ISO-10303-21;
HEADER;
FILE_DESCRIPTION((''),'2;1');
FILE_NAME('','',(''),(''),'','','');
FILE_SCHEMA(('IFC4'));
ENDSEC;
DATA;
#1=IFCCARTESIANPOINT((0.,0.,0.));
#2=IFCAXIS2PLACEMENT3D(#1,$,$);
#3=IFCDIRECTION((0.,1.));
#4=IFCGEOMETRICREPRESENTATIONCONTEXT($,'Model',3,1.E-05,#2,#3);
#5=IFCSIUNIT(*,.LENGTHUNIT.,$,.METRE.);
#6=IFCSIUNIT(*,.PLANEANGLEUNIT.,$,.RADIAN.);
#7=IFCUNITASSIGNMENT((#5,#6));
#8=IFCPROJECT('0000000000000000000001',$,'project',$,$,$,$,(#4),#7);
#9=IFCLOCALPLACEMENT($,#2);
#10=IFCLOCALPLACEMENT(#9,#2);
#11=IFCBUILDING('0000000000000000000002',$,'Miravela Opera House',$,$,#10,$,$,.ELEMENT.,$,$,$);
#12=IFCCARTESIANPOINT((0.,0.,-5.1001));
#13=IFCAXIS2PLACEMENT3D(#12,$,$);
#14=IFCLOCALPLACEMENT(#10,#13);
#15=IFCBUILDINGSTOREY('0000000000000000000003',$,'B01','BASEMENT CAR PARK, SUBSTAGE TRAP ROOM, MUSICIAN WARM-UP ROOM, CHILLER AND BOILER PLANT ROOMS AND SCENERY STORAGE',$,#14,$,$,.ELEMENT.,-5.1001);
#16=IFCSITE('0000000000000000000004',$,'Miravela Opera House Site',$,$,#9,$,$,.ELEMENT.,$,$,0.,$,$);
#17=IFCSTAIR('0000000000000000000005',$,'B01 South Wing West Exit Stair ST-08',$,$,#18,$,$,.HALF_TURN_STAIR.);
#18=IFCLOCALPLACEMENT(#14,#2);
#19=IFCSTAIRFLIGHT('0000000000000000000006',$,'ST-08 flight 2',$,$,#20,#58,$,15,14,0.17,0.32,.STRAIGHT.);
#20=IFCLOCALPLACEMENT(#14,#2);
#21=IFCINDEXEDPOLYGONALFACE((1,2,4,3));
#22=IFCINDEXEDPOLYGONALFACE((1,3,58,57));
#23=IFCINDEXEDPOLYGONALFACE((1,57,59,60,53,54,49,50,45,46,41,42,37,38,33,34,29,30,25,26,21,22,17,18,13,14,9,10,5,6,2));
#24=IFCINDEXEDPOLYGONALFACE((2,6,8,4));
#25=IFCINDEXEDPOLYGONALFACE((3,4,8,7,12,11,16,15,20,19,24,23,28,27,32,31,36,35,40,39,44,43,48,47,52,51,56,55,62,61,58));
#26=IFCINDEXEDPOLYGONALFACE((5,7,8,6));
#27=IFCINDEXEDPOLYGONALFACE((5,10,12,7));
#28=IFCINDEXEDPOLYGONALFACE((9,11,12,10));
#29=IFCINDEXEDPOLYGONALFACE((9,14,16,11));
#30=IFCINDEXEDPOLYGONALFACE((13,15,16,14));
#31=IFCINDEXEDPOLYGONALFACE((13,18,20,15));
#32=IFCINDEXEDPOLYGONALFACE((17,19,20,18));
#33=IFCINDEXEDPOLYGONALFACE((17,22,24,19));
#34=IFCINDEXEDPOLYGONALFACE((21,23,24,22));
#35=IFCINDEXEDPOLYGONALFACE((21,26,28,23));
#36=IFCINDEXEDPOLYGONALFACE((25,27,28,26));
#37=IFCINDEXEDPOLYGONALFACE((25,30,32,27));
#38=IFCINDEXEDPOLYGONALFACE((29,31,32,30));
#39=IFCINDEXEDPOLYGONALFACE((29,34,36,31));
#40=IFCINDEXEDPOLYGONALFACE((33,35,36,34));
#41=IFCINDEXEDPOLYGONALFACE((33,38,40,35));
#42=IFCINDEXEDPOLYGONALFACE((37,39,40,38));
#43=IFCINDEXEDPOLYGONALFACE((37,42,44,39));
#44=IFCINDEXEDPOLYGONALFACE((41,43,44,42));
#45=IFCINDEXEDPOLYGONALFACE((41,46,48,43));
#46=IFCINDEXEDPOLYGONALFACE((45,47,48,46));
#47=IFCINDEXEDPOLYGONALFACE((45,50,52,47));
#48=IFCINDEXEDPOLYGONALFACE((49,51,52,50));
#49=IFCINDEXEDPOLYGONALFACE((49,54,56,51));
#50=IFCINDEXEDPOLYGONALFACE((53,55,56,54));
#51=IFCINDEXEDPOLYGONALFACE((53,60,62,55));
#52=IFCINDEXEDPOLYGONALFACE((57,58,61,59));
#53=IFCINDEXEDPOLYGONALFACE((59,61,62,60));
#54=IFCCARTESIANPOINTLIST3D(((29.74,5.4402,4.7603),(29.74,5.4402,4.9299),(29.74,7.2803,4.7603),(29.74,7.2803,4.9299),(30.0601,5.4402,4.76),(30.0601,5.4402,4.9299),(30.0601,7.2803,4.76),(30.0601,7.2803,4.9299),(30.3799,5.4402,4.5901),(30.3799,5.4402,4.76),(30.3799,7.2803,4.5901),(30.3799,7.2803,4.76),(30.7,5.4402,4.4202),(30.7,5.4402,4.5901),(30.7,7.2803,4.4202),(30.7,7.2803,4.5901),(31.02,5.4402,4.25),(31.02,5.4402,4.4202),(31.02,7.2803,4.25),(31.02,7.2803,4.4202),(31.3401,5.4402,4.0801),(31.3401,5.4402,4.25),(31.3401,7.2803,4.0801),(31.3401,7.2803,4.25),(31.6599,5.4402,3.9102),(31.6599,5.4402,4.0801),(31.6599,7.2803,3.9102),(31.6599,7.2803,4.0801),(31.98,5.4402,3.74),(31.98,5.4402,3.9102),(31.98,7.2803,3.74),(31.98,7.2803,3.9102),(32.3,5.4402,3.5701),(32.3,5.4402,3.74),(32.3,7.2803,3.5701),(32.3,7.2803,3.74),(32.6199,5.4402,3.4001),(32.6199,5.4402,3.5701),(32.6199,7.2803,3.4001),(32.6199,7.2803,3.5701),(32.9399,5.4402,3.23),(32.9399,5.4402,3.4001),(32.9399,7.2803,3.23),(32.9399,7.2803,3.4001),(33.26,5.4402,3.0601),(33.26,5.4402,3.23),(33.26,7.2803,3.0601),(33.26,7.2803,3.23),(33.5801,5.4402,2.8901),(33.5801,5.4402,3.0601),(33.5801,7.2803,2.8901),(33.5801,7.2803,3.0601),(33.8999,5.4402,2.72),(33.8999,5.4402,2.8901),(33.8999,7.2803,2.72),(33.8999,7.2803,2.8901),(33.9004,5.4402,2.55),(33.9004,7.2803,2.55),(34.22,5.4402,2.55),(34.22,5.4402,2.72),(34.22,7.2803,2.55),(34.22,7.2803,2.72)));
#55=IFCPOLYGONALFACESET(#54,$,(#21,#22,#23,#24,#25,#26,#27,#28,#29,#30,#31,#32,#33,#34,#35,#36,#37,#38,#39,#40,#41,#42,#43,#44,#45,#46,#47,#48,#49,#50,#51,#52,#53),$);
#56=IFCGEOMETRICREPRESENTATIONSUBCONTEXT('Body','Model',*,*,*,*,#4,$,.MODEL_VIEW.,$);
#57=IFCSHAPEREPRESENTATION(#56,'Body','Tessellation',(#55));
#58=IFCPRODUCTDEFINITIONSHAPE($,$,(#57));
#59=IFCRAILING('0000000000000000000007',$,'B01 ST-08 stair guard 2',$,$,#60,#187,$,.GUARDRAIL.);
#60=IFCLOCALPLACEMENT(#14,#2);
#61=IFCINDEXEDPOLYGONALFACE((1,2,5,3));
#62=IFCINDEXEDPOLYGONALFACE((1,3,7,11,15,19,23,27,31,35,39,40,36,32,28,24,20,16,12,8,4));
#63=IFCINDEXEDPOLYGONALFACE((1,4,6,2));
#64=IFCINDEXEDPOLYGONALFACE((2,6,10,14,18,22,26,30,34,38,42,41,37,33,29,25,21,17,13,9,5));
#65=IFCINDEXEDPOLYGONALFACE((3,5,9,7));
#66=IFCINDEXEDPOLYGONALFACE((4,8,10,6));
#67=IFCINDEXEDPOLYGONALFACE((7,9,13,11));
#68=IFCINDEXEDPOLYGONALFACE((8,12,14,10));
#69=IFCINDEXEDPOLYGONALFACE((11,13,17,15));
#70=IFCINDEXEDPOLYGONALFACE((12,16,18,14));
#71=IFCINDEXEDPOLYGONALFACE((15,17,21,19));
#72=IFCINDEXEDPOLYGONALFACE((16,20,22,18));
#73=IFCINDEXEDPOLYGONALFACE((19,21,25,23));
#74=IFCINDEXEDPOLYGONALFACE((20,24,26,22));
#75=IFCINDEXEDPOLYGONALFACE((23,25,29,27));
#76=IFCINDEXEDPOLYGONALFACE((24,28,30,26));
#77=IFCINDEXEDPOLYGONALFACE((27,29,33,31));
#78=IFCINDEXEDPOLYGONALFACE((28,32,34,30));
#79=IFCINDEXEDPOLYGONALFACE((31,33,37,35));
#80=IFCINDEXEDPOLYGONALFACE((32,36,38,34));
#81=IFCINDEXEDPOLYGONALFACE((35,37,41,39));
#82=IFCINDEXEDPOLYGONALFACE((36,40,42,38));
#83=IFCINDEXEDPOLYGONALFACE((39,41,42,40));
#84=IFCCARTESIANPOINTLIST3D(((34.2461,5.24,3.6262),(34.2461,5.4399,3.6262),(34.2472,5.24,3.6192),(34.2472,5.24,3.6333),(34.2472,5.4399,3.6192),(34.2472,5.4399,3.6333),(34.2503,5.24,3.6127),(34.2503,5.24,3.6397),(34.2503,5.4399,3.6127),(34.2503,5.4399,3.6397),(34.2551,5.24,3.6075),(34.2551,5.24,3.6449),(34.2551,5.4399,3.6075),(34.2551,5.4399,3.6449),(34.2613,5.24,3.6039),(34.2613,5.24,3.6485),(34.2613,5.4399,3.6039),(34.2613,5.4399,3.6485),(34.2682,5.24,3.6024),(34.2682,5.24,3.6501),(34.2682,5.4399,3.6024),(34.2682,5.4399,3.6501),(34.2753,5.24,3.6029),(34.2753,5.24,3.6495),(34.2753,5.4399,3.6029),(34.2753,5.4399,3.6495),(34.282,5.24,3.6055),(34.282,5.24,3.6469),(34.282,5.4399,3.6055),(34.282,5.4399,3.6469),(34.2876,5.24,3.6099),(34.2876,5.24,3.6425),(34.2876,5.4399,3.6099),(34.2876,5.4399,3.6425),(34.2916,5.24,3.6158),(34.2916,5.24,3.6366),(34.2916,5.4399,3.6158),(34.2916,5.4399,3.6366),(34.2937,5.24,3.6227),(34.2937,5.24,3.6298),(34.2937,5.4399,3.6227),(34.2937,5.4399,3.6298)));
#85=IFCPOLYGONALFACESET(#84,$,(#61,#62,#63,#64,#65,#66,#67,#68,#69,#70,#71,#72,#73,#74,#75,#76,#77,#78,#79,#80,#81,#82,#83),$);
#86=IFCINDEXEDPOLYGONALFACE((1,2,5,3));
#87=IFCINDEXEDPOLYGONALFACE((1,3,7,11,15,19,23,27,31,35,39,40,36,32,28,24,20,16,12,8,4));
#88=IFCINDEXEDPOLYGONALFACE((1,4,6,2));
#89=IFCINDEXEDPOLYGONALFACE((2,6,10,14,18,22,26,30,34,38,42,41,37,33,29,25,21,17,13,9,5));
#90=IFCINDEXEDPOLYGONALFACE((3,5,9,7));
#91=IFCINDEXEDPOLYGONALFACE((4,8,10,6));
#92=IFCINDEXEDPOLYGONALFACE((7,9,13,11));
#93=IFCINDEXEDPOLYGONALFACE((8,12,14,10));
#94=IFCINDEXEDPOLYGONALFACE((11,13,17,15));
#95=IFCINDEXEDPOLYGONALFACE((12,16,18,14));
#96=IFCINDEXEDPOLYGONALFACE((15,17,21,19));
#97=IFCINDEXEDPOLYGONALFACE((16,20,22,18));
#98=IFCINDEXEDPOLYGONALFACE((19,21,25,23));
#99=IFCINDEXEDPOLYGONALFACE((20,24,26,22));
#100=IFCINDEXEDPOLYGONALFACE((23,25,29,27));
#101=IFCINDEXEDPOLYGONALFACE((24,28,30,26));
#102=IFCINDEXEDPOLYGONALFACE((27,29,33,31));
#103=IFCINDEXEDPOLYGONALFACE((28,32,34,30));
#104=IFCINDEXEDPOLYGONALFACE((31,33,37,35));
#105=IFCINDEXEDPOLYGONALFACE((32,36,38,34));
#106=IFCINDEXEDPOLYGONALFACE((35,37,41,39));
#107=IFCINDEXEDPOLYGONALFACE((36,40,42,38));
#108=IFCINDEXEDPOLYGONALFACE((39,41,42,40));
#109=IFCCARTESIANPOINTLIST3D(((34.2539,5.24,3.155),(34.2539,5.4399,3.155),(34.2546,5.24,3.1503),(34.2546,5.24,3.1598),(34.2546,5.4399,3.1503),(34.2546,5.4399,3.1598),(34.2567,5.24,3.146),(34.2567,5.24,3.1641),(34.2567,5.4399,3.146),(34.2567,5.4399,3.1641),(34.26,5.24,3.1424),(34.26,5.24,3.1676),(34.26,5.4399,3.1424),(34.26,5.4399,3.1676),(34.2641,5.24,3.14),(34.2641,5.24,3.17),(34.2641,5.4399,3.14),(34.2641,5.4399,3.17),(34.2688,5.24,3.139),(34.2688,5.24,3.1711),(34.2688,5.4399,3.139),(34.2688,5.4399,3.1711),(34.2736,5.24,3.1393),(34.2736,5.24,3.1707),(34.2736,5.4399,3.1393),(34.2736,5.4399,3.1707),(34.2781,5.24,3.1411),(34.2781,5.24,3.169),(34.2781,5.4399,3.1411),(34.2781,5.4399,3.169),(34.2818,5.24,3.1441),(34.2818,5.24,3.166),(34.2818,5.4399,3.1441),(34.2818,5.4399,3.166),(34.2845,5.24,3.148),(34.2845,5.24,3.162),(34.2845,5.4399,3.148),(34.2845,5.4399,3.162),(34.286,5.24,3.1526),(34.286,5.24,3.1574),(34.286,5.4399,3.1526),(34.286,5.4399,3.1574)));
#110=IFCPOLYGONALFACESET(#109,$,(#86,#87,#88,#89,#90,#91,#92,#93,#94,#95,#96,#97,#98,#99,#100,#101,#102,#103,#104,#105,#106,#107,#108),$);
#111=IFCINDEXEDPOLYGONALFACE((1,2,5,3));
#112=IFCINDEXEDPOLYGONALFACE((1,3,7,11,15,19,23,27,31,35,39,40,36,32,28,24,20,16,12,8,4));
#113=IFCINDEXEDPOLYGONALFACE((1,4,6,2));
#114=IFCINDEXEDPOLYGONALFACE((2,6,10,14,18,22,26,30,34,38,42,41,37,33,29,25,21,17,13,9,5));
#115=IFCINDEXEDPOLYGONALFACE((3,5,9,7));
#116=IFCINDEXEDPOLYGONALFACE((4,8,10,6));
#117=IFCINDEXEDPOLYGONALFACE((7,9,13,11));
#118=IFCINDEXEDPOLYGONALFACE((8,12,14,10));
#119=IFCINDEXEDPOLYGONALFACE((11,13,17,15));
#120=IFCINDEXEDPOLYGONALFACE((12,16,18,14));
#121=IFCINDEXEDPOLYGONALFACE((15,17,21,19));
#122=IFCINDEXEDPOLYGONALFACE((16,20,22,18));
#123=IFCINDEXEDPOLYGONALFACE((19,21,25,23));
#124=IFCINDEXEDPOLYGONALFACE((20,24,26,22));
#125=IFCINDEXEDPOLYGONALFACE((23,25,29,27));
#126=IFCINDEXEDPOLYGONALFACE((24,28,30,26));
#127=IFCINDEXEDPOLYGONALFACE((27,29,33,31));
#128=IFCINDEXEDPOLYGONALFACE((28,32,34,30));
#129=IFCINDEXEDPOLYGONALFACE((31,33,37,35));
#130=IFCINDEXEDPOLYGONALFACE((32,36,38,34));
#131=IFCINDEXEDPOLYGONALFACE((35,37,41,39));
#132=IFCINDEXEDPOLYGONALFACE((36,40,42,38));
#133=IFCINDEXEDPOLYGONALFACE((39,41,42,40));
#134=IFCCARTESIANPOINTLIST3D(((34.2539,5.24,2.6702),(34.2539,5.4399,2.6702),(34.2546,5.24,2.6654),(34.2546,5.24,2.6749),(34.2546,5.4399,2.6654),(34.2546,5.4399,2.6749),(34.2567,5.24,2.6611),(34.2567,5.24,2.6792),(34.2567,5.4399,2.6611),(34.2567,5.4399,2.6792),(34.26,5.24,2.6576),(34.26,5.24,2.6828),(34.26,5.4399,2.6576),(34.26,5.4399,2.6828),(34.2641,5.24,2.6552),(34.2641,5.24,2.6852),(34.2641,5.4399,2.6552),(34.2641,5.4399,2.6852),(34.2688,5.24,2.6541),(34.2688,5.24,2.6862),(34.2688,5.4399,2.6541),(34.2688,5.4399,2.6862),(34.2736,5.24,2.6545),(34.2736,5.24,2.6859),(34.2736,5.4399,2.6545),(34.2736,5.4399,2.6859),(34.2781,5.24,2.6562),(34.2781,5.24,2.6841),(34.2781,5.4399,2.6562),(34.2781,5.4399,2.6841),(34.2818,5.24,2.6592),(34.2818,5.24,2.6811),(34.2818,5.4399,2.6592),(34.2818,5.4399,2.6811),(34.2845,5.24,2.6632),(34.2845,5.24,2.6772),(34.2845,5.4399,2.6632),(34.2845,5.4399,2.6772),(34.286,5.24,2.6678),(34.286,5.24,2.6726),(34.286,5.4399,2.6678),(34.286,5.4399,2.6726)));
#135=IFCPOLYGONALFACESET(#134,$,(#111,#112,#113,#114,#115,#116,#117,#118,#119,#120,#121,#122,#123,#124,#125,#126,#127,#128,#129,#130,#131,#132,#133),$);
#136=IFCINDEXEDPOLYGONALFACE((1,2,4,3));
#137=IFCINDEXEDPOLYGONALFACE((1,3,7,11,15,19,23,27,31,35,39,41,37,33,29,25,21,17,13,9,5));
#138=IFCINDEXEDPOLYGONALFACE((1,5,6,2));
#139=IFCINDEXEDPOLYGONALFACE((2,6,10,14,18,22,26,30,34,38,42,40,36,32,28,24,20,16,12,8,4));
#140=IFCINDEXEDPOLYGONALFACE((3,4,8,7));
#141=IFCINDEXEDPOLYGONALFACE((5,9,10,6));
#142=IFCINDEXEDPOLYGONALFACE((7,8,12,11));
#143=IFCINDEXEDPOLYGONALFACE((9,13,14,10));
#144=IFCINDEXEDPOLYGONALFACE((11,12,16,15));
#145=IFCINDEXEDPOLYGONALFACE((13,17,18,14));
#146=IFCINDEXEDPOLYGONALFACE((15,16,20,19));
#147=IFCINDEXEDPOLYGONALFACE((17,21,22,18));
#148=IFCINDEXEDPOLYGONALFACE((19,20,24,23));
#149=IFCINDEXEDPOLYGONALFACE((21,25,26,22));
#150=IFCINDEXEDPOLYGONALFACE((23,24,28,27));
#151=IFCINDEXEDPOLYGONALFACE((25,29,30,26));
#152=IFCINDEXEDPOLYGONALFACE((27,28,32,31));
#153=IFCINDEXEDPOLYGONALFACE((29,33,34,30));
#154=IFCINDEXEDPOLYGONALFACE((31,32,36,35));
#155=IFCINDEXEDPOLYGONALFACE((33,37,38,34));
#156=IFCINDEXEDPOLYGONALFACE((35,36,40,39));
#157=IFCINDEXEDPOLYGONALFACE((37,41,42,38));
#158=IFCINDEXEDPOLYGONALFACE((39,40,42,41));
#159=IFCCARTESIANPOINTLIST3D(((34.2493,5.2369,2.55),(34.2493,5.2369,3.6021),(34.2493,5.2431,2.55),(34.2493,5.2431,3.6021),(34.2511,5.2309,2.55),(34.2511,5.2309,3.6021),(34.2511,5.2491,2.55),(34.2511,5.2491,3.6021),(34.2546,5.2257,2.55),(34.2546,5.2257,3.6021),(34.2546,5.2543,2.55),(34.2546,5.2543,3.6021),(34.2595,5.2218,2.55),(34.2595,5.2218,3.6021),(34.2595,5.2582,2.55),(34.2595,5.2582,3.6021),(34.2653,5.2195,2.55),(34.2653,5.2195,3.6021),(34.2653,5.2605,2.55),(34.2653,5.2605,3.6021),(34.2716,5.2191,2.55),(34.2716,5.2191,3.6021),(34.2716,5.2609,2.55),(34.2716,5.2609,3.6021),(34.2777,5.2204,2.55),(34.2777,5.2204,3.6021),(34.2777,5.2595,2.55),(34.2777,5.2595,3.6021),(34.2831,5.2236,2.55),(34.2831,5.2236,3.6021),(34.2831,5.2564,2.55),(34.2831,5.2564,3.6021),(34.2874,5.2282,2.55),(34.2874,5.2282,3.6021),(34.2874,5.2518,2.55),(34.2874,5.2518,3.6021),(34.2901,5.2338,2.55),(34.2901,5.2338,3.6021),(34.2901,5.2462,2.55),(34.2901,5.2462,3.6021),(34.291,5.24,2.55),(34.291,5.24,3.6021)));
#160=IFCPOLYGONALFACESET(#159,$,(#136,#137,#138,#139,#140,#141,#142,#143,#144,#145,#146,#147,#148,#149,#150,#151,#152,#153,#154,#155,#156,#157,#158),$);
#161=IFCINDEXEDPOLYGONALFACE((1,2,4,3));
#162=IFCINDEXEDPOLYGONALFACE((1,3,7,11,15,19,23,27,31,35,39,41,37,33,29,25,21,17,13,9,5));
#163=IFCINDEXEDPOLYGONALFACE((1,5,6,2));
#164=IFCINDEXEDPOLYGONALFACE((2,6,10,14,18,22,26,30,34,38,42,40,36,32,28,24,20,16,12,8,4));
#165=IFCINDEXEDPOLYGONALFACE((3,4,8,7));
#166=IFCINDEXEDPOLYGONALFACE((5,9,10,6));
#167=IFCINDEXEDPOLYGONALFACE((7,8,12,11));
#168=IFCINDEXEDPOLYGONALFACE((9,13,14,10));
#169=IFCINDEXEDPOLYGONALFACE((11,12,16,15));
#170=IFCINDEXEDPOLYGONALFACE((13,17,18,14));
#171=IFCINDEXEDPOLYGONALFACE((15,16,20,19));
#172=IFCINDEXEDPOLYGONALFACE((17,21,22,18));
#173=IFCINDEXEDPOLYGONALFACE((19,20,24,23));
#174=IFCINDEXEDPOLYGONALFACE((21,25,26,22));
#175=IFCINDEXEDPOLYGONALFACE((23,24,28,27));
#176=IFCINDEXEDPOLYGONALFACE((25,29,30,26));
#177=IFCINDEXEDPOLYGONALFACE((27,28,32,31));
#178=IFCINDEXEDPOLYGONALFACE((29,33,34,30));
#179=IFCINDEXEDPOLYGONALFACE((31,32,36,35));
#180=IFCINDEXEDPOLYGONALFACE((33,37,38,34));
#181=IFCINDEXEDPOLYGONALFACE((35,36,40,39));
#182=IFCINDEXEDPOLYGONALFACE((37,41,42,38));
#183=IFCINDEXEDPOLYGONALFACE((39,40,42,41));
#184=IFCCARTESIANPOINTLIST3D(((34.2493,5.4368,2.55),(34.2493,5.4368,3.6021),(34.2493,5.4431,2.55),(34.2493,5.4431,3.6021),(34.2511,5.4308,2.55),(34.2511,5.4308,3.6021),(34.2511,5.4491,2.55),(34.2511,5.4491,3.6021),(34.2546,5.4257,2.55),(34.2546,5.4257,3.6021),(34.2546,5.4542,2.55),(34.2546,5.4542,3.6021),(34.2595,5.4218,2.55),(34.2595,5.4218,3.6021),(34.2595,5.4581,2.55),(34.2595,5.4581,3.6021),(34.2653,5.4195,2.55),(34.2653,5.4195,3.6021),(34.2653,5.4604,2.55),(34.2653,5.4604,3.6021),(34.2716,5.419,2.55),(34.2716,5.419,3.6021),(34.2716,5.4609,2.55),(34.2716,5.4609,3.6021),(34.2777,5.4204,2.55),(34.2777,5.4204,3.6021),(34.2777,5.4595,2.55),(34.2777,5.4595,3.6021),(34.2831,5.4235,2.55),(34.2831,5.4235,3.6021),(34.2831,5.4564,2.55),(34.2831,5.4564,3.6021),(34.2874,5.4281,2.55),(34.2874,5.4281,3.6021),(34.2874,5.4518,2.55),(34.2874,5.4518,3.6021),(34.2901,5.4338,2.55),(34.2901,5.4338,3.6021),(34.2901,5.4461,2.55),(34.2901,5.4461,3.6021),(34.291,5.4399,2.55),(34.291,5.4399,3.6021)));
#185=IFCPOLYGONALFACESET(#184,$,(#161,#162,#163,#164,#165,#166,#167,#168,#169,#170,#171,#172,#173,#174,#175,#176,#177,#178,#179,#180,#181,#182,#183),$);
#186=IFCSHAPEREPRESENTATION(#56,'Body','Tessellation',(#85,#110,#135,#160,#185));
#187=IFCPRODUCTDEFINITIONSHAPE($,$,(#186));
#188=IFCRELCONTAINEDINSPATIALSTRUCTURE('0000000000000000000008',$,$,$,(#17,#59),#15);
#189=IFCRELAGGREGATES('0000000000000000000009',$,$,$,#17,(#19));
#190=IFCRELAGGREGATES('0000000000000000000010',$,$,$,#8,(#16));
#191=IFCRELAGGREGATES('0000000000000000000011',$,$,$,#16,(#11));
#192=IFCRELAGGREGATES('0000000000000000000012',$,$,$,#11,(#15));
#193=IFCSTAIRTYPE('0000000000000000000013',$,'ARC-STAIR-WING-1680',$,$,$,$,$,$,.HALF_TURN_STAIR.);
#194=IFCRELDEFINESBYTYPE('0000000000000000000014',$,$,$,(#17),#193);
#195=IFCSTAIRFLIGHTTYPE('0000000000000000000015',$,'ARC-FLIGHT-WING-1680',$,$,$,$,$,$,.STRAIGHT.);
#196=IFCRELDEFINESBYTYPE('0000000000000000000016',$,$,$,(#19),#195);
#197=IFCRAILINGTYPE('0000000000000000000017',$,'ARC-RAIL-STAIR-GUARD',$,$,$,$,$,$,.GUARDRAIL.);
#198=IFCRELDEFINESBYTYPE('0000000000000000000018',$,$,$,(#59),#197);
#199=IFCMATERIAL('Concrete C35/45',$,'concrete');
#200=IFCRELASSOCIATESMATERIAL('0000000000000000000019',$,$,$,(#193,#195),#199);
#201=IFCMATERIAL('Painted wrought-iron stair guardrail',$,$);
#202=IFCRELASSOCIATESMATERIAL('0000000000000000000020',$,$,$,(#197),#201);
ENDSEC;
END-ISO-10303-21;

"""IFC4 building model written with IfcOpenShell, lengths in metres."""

from ifc_helpers import new_model, si_unit, direction, frame, origin, origin_2d, place, context, subcontext, project, spatial, polyline, circle, outline, extrude, material, type_object, element, aggregate, save


model = new_model("IFC4")

# Units and contexts
model_context = context("Model", 3, precision=1e-05, world=origin(), true_north=direction((0.0, 1.0)))
body_context = subcontext(model_context, "Body", "Model", "MODEL_VIEW")
ifc_project = project(units=[si_unit("LENGTHUNIT", "METRE"), si_unit("PLANEANGLEUNIT", "RADIAN")], contexts=[model_context])

# Site, building, storey
site_placement = place(None, origin())
site = spatial("IfcSite", under=ifc_project, at=site_placement, Name="Miravela Opera House Site", CompositionType="ELEMENT", RefElevation=0.0)
building_placement = place(site_placement, origin())
building = spatial("IfcBuilding", under=site, at=building_placement, Name="Miravela Opera House", CompositionType="ELEMENT")
storey_placement = place(building_placement, frame((0.0, 0.0, -5.1001)))
storey = spatial("IfcBuildingStorey", under=building, at=storey_placement, Name="B01", Description="BASEMENT CAR PARK, SUBSTAGE TRAP ROOM, MUSICIAN WARM-UP ROOM, CHILLER AND BOILER PLANT ROOMS AND SCENERY STORAGE", CompositionType="ELEMENT", Elevation=-5.1001)

# Shared definitions
ifc_material_1 = material(Name="Concrete C35/45", Category="concrete")

# Stair, stair flight
stair_type = type_object("IfcStairType", Name="ARC-STAIR-WING-1680", PredefinedType="HALF_TURN_STAIR", material=ifc_material_1)
stair_placement = place(storey_placement, origin())
stair = element("IfcStair", 1, at=stair_placement, inside=storey, type_object=stair_type, Name="B01 South Wing West Exit Stair ST-08", PredefinedType="HALF_TURN_STAIR")
stair_flight_type = type_object("IfcStairFlightType", Name="ARC-FLIGHT-WING-1680", PredefinedType="STRAIGHT", material=ifc_material_1)
stair_flight_placement = place(storey_placement, frame((34.22, 6.3601, 2.55), z_axis=(0.0, 0.0, 1.0), x_axis=(-1.0, 0.0, 0.0)))
stair_flight = element("IfcStairFlight", 2, at=stair_flight_placement, type_object=stair_flight_type, Name="ST-08 flight 2", NumberOfRisers=15, NumberOfTreads=14, PredefinedType="STRAIGHT", RiserHeight=0.17, TreadLength=0.32, context=body_context, shape_type="SweptSolid", body=[
    extrude(outline(polyline([(0.0, 0.0), (0.0, 0.1699), (0.3201, 0.1699), (0.3201, 0.3401), (0.6399, 0.3401), (0.6399, 0.51), (0.96, 0.51), (0.96, 0.6799), (1.28, 0.6799), (1.28, 0.8501), (1.6001, 0.8501), (1.6001, 1.02), (1.9199, 1.02), (1.9199, 1.1899), (2.24, 1.1899), (2.24, 1.3601), (2.5601, 1.3601), (2.5601, 1.53), (2.8799, 1.53), (2.8799, 1.7), (3.2, 1.7), (3.2, 1.8701), (3.52, 1.8701), (3.52, 2.04), (3.8401, 2.04), (3.8401, 2.21), (4.1599, 2.21), (4.1599, 2.3799), (4.48, 2.3799), (4.48, 2.55), (4.48, 2.2102), (0.3196, 0.0), (0.0, 0.0)])), frame((0.0, 0.9199, 0.0), z_axis=(0.0, -1.0, 0.0), x_axis=(1.0, 0.0, 0.0)), (0.0, 0.0, 1.0), 1.8401),
])
aggregate(stair, [stair_flight])

# Railing
ifc_material_2 = material(Name="Painted wrought-iron stair guardrail")
railing_type = type_object("IfcRailingType", Name="ARC-RAIL-STAIR-GUARD", PredefinedType="GUARDRAIL", material=ifc_material_2)
railing_1_placement = place(storey_placement, frame((34.27, 5.24, 2.55)))
element("IfcRailing", 3, at=railing_1_placement, inside=storey, type_object=railing_type, Name="B01 ST-08 stair guard 2", PredefinedType="GUARDRAIL", context=body_context, shape_type="SweptSolid", body=[
    extrude(circle(Radius=0.0239, at=origin_2d()), frame((0.0, 0.0, 1.0762), z_axis=(0.0, 1.0, 0.0), x_axis=(-1.0, 0.0, 0.0)), (0.0, 0.0, 1.0), 0.2),
    extrude(circle(Radius=0.0161, at=origin_2d()), frame((0.0, 0.0, 0.605), z_axis=(0.0, 1.0, 0.0), x_axis=(-1.0, 0.0, 0.0)), (0.0, 0.0, 1.0), 0.2),
    extrude(circle(Radius=0.0161, at=origin_2d()), frame((0.0, 0.0, 0.1201), z_axis=(0.0, 1.0, 0.0), x_axis=(-1.0, 0.0, 0.0)), (0.0, 0.0, 1.0), 0.2),
    extrude(circle(Radius=0.021, at=origin_2d()), origin(), (0.0, 0.0, 1.0), 1.052),
    extrude(circle(Radius=0.021, at=origin_2d()), frame((0.0, 0.2, 0.0)), (0.0, 0.0, 1.0), 1.052),
])

save(model, "model.ifc")
